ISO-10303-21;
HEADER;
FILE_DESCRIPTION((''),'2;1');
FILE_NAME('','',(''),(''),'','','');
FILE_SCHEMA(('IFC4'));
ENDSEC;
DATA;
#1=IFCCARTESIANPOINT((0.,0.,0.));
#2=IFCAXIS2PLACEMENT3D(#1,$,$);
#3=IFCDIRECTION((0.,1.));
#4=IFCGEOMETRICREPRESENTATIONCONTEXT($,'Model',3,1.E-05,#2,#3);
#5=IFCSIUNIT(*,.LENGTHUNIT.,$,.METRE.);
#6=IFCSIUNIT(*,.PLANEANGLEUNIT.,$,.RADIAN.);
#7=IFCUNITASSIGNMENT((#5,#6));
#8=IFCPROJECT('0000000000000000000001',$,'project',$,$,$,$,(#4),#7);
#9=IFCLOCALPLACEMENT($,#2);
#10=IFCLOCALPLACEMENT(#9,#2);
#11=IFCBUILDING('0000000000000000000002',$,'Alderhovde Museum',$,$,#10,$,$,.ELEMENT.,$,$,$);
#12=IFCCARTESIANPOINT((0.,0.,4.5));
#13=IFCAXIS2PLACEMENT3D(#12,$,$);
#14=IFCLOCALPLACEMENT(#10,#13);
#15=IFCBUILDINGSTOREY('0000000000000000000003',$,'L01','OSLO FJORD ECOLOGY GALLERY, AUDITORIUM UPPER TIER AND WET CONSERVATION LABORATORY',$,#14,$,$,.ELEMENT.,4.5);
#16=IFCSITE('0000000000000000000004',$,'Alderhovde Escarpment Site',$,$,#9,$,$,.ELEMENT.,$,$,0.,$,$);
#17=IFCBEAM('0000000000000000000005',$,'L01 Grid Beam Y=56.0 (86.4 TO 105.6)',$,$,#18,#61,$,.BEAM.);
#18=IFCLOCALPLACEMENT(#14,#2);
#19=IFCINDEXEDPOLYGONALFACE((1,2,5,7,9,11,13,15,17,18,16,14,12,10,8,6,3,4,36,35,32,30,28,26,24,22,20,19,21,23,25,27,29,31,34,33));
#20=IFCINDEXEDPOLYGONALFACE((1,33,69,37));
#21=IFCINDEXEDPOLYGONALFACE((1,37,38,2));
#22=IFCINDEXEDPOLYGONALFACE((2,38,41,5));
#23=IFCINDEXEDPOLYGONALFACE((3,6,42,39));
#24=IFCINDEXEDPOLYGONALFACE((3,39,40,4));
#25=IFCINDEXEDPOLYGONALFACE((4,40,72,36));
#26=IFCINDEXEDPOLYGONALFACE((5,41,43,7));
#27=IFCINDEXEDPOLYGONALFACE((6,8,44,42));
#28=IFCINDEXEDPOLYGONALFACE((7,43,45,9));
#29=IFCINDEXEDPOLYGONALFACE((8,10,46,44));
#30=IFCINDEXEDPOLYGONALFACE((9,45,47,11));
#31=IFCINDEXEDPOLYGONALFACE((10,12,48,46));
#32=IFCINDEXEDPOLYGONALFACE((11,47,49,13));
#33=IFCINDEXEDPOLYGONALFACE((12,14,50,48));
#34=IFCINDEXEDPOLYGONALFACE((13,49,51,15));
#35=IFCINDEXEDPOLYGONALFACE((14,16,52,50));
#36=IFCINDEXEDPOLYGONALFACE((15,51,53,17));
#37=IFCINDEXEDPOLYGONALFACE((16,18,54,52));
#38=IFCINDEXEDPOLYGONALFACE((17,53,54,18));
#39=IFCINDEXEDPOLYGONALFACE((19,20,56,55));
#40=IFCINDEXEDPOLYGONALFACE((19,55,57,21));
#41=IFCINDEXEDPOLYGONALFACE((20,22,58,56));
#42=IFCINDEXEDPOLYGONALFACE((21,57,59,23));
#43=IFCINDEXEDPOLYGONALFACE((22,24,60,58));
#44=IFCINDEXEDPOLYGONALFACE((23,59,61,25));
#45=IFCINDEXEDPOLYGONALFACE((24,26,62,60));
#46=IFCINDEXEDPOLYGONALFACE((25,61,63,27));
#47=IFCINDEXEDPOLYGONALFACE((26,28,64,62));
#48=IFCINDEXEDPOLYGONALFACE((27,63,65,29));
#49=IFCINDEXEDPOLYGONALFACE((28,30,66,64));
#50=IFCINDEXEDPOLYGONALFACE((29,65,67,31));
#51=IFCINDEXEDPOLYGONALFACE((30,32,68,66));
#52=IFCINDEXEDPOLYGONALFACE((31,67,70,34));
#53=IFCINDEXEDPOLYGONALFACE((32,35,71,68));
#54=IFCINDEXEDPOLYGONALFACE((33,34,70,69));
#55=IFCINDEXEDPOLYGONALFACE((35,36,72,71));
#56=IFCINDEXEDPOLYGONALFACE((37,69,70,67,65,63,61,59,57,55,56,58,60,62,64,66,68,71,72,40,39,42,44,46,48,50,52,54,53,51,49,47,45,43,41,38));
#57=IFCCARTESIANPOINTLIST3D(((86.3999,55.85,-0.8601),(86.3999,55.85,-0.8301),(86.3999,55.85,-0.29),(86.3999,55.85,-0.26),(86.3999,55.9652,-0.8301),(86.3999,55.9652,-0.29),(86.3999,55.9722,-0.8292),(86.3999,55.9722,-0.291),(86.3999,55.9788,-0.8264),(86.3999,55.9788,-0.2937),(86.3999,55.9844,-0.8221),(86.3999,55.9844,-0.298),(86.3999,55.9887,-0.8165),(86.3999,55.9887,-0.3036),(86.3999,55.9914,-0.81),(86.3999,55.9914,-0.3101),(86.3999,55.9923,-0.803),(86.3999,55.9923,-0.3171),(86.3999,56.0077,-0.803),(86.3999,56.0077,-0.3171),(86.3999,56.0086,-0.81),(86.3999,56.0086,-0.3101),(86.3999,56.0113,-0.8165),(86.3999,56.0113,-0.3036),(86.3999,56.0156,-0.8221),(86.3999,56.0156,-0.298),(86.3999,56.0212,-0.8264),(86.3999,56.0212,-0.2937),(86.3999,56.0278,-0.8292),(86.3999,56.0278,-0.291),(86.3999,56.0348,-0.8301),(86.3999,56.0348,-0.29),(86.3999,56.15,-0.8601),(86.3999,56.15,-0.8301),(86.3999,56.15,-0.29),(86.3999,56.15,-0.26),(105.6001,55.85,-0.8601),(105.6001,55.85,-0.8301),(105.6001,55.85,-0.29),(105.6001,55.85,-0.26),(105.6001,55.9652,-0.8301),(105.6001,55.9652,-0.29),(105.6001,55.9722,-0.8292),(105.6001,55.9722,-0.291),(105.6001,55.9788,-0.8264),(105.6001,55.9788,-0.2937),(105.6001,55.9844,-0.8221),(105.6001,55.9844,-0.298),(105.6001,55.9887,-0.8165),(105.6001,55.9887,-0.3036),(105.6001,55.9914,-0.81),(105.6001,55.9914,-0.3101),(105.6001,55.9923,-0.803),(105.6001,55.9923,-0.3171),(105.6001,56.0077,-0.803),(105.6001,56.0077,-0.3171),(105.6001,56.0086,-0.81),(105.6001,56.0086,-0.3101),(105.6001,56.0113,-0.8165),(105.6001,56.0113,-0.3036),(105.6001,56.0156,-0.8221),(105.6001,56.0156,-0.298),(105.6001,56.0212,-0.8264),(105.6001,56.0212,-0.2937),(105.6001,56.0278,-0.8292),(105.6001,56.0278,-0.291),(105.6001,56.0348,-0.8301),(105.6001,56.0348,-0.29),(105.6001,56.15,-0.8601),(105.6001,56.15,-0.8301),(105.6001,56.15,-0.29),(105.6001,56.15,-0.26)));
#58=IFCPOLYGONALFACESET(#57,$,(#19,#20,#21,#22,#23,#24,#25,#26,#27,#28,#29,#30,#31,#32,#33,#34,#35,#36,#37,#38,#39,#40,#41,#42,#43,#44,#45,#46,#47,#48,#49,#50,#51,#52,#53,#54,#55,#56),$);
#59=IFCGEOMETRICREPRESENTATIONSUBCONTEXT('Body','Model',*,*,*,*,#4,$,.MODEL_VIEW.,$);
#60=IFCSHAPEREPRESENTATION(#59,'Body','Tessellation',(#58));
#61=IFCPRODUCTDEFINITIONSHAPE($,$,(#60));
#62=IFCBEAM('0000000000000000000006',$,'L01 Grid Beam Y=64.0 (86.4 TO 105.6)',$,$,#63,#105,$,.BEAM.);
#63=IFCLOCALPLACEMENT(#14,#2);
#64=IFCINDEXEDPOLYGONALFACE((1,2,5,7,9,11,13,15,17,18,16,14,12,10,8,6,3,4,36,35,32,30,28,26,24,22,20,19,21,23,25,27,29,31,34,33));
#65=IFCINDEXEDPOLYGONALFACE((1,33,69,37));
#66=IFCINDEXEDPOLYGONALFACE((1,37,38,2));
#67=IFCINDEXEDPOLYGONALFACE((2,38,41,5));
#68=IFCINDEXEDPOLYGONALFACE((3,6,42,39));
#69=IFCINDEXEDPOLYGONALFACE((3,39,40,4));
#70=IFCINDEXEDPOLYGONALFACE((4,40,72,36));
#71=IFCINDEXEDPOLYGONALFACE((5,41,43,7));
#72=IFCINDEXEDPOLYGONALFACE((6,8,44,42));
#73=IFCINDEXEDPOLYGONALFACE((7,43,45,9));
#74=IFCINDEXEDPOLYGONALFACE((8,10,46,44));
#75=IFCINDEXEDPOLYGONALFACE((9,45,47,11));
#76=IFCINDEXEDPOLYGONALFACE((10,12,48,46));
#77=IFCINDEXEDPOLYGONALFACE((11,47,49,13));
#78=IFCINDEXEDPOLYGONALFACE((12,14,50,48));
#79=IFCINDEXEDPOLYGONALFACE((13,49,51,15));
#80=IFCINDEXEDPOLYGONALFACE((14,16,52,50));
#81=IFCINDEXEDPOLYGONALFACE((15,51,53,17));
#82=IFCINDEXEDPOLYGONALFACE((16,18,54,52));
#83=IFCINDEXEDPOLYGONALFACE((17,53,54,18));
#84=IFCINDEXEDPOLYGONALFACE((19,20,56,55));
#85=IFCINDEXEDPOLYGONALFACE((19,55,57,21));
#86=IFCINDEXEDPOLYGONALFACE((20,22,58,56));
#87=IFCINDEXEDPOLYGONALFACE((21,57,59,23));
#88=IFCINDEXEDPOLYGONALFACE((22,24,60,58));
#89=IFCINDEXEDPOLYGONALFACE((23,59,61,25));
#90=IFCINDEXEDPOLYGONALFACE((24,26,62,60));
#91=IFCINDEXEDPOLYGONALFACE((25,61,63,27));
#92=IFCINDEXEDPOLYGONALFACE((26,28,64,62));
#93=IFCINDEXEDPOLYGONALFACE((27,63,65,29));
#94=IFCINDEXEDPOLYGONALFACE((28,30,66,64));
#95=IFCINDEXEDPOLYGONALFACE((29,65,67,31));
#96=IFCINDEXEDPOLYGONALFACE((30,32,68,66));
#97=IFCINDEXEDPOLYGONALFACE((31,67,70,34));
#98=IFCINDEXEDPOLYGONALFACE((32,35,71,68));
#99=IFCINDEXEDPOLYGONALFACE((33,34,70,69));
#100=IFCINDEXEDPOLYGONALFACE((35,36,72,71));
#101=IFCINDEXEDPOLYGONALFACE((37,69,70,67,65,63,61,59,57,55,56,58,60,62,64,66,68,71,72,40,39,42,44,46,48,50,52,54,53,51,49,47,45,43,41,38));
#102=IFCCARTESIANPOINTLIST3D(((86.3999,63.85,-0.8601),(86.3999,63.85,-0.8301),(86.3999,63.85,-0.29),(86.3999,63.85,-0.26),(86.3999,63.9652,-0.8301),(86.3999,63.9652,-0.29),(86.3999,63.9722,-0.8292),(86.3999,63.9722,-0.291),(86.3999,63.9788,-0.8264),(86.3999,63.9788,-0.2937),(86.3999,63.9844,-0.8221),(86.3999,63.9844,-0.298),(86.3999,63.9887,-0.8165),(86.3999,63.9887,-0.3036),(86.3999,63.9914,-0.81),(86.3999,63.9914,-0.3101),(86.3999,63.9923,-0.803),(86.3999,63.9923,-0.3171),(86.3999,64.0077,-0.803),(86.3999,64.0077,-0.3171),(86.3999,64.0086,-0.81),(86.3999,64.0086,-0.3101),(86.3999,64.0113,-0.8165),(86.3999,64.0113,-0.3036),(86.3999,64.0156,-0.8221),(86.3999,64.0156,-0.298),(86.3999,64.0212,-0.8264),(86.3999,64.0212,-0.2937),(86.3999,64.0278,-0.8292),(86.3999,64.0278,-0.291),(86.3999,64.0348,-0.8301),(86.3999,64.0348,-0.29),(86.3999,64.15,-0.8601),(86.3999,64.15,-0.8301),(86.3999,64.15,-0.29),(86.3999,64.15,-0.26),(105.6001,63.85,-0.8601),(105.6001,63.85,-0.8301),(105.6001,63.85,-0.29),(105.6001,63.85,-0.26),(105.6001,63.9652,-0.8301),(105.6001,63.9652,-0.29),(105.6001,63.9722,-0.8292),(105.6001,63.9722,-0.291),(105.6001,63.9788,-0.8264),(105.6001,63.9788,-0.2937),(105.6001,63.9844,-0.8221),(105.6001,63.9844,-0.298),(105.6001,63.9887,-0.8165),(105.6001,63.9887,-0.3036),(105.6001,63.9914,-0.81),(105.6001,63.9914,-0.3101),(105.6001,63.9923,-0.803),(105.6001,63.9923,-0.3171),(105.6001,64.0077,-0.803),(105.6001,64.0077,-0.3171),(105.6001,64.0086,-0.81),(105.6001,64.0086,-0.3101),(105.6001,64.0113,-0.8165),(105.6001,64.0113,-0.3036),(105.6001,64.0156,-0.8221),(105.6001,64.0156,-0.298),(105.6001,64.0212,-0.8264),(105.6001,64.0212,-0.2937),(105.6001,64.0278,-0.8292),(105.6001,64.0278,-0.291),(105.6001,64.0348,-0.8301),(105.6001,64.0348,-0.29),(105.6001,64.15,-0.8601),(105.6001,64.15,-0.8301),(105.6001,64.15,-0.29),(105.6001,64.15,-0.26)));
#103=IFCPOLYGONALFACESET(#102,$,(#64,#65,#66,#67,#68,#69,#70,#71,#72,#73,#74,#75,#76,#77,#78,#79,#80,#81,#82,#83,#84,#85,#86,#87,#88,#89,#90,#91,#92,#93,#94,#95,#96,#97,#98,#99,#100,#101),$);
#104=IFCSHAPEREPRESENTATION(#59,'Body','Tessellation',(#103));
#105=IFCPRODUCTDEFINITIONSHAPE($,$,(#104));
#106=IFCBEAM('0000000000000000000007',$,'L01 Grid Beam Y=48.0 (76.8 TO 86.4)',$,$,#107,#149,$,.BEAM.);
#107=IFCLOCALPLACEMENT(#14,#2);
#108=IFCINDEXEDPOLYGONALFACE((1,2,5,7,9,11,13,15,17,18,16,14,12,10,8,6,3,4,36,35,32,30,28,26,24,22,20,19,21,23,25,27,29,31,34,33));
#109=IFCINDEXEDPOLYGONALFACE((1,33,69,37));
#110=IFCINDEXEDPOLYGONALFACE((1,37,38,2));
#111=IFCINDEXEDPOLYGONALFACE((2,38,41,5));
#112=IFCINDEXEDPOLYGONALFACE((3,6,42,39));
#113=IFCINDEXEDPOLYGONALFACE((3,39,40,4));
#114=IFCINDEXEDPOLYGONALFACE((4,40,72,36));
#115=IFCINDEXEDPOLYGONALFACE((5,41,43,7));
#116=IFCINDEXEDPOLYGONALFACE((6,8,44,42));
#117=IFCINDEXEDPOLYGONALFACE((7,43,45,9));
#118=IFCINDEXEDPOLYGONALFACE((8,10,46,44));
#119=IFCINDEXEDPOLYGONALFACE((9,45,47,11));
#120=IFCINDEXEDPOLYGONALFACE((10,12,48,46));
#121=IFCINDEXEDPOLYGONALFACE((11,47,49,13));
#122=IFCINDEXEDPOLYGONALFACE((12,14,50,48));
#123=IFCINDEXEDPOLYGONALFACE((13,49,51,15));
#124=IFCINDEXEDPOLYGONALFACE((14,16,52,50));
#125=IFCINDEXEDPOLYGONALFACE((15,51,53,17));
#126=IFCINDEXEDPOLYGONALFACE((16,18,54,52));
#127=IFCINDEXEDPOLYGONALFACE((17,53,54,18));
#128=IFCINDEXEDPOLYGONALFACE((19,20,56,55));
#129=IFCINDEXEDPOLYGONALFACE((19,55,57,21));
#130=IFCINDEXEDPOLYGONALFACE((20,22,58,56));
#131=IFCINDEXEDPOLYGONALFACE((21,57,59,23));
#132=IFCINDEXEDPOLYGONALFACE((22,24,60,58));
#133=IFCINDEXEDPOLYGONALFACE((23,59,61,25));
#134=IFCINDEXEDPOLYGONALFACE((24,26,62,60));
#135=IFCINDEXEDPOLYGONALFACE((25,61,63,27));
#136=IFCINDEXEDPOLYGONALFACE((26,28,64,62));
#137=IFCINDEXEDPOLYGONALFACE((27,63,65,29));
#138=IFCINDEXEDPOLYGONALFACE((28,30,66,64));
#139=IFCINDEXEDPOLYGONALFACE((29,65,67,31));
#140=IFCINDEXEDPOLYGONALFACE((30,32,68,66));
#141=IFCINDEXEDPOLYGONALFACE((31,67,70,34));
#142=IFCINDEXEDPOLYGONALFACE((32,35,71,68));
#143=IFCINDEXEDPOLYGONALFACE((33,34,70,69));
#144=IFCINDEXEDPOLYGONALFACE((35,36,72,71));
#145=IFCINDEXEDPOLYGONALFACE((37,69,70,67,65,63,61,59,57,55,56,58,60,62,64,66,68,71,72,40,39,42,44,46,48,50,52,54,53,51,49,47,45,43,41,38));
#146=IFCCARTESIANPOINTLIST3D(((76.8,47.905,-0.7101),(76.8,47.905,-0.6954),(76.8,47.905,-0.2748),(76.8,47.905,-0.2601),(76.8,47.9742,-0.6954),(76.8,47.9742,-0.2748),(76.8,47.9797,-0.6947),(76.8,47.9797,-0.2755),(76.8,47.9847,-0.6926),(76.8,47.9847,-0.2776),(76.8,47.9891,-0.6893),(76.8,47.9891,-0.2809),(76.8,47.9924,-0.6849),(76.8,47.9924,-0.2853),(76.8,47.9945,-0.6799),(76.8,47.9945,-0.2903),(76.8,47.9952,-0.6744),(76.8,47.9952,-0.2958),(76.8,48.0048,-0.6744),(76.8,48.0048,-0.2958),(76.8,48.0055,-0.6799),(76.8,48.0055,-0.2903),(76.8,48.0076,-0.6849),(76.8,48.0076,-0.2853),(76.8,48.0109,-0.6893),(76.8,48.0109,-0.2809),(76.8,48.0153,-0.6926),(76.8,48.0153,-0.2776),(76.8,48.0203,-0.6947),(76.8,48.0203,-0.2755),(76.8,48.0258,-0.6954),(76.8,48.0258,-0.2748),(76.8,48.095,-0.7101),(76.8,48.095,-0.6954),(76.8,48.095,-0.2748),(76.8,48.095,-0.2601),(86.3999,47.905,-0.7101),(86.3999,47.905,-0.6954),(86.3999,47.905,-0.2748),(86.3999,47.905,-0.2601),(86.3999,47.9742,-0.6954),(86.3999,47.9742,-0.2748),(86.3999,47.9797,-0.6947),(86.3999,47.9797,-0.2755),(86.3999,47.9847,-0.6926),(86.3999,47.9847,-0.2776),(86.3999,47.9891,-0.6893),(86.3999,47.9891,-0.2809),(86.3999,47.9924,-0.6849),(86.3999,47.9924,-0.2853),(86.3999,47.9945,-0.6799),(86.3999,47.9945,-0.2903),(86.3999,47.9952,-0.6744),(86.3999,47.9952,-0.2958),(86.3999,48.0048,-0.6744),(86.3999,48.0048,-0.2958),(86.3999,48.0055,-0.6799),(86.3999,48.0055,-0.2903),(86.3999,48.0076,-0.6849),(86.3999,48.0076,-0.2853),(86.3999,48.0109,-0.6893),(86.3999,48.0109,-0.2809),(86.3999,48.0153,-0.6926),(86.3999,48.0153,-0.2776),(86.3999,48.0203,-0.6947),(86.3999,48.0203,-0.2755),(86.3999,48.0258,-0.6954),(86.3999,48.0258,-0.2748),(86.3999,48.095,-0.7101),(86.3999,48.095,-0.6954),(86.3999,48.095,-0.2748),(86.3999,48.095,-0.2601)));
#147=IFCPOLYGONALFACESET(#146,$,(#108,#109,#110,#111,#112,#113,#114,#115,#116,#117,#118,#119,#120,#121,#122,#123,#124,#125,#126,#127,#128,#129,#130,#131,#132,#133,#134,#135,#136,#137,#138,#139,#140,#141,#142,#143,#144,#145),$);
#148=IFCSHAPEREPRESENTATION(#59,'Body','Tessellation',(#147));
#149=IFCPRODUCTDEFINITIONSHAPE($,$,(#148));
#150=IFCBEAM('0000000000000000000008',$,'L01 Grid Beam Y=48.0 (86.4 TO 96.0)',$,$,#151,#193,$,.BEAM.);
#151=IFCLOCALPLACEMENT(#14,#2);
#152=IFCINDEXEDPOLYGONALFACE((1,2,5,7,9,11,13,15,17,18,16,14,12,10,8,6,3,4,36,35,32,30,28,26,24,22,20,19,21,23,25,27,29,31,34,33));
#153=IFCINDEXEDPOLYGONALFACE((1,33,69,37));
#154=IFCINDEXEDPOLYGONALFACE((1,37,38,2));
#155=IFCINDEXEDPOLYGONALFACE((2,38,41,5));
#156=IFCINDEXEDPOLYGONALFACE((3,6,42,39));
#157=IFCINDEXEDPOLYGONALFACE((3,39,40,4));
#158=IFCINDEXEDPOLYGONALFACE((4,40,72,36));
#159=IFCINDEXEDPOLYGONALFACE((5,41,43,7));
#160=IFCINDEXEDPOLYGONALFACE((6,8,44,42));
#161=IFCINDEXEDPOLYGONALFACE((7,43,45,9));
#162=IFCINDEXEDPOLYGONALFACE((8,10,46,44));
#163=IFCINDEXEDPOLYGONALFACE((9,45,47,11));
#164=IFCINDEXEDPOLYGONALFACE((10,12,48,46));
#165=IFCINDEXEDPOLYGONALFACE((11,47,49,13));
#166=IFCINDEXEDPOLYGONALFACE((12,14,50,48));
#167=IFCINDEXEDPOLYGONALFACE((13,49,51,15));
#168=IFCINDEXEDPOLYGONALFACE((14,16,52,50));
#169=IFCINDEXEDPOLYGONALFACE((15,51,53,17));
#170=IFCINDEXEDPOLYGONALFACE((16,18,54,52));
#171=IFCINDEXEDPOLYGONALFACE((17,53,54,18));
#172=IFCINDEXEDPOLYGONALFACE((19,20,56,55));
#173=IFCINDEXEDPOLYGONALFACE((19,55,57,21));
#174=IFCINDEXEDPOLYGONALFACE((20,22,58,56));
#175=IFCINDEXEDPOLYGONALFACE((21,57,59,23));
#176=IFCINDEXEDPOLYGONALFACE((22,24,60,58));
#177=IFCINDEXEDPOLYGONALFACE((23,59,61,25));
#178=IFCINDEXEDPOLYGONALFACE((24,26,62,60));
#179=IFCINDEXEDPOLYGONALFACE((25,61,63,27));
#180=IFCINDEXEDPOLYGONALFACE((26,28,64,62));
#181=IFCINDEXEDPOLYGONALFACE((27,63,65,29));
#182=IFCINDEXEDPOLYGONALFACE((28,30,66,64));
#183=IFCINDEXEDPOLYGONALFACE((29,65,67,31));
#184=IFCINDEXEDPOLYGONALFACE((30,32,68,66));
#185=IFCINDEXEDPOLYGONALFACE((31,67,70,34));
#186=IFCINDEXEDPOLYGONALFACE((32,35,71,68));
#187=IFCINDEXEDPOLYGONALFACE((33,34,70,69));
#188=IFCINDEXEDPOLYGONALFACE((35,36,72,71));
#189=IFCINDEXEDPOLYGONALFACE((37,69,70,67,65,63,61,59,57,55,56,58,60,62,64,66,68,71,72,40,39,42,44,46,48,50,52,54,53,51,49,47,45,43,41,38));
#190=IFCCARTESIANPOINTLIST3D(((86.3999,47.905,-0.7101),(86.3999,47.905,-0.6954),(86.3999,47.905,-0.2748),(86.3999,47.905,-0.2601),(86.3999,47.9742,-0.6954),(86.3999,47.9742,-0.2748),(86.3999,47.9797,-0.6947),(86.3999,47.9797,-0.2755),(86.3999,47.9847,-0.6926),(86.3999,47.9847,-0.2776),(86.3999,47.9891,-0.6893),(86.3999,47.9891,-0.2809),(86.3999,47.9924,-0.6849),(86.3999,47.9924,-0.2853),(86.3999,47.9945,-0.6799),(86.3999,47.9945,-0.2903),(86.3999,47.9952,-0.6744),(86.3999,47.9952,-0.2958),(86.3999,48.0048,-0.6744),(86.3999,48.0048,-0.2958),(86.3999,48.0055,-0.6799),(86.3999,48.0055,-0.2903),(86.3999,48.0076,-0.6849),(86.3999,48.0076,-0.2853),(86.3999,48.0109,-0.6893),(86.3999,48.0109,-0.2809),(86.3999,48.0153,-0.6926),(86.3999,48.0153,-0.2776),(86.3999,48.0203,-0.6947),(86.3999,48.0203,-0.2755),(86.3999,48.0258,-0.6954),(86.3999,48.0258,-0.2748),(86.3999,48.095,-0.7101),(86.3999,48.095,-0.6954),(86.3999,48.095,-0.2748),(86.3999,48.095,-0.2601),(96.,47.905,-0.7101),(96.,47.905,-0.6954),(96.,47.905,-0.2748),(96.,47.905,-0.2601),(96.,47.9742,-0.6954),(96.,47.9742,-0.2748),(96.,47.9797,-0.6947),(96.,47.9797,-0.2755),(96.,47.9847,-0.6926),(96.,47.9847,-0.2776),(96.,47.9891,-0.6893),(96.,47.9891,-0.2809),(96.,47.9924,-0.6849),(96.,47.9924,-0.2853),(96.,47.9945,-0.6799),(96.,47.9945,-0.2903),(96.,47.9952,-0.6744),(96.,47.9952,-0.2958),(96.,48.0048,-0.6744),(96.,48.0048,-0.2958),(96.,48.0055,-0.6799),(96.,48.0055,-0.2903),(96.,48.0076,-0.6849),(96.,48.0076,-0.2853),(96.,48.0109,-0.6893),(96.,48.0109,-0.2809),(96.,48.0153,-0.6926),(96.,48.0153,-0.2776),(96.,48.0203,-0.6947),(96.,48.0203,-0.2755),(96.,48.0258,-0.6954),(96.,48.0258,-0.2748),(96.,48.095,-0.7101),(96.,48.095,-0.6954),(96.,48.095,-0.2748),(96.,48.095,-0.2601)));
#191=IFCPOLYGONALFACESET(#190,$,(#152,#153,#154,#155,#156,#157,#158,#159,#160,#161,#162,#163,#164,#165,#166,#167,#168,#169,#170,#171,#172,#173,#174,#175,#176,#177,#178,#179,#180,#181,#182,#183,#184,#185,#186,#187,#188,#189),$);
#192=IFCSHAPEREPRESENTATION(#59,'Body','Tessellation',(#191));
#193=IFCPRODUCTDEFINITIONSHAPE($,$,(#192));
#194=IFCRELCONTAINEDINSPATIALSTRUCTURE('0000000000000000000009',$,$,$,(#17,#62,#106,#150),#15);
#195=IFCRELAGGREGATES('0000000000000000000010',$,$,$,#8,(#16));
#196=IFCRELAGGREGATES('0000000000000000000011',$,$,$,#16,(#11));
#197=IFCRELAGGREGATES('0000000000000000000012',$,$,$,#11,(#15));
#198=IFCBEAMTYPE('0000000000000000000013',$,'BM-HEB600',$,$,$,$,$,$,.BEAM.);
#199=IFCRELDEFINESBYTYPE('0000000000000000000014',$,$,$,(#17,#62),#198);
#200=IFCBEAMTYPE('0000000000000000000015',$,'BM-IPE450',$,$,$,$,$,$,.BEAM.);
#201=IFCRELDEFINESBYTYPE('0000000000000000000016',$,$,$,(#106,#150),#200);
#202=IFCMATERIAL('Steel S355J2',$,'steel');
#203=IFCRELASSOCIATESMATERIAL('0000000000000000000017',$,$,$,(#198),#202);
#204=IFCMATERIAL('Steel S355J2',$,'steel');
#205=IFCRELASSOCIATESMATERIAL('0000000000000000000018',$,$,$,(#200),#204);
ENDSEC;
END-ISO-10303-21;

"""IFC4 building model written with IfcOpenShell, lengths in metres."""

from ifc_helpers import new_model, si_unit, direction, frame, origin, origin_2d, place, context, subcontext, project, spatial, i_section, extrude, material, material_profile, profile_set, type_object, element, save


model = new_model("IFC4")

# Units and contexts
model_context = context("Model", 3, precision=1e-05, world=origin(), true_north=direction((0.0, 1.0)))
body_context = subcontext(model_context, "Body", "Model", "MODEL_VIEW")
ifc_project = project(units=[si_unit("LENGTHUNIT", "METRE"), si_unit("PLANEANGLEUNIT", "RADIAN")], contexts=[model_context])

# Site, building, storey
site_placement = place(None, origin())
site = spatial("IfcSite", under=ifc_project, at=site_placement, Name="Alderhovde Escarpment Site", CompositionType="ELEMENT", RefElevation=0.0)
building_placement = place(site_placement, origin())
building = spatial("IfcBuilding", under=site, at=building_placement, Name="Alderhovde Museum", CompositionType="ELEMENT")
storey_placement = place(building_placement, frame((0.0, 0.0, 4.5)))
storey = spatial("IfcBuildingStorey", under=building, at=storey_placement, Name="L01", Description="OSLO FJORD ECOLOGY GALLERY, AUDITORIUM UPPER TIER AND WET CONSERVATION LABORATORY", CompositionType="ELEMENT", Elevation=4.5)

# Beams
ifc_material_1 = material(Name="Steel S355J2", Category="steel")
ifc_material_profile_1 = material_profile(ifc_material_1, i_section(OverallWidth=0.3, OverallDepth=0.6001, WebThickness=0.0154, FlangeThickness=0.03, FilletRadius=0.0271, at=origin_2d()), Name="HEB 600")
ifc_profile_set_1 = profile_set([ifc_material_profile_1], Name="Steel S355J2")
beam_type_1 = type_object("IfcBeamType", Name="BM-HEB600", PredefinedType="BEAM", material=ifc_profile_set_1)
for number, where, z_axis, x_axis, name in (
    (1, (86.3999, 56.0, -0.5601), (1.0, 0.0, 0.0), (0.0, 1.0, 0.0), "L01 Grid Beam Y=56.0 (86.4 TO 105.6)"),
    (2, (86.3999, 64.0, -0.5601), (1.0, 0.0, 0.0), (0.0, 1.0, 0.0), "L01 Grid Beam Y=64.0 (86.4 TO 105.6)"),
):
    element("IfcBeam", number, at=place(storey_placement, frame(where, z_axis=z_axis, x_axis=x_axis)), inside=storey, type_object=beam_type_1, Name=name, PredefinedType="BEAM", context=body_context, shape_type="SweptSolid", body=[
        extrude(i_section(OverallWidth=0.3, OverallDepth=0.6001, WebThickness=0.0154, FlangeThickness=0.03, FilletRadius=0.0271, at=origin_2d()), origin(), (0.0, 0.0, 1.0), 19.2002),
    ])
ifc_material_2 = material(Name="Steel S355J2", Category="steel")
ifc_material_profile_2 = material_profile(ifc_material_2, i_section(OverallWidth=0.1899, OverallDepth=0.45, WebThickness=0.0095, FlangeThickness=0.0146, FilletRadius=0.021, at=origin_2d()), Name="IPE 450")
ifc_profile_set_2 = profile_set([ifc_material_profile_2], Name="Steel S355J2")
beam_type_2 = type_object("IfcBeamType", Name="BM-IPE450", PredefinedType="BEAM", material=ifc_profile_set_2)
beam_1_placement = place(storey_placement, frame((76.8, 48.0, -0.4851), z_axis=(1.0, 0.0, 0.0), x_axis=(0.0, 1.0, 0.0)))
element("IfcBeam", 3, at=beam_1_placement, inside=storey, type_object=beam_type_2, Name="L01 Grid Beam Y=48.0 (76.8 TO 86.4)", PredefinedType="BEAM", context=body_context, shape_type="SweptSolid", body=[
    extrude(i_section(OverallWidth=0.1899, OverallDepth=0.45, WebThickness=0.0095, FlangeThickness=0.0146, FilletRadius=0.021, at=origin_2d()), origin(), (0.0, 0.0, 1.0), 9.5999),
])
beam_2_placement = place(storey_placement, frame((86.3999, 48.0, -0.4851), z_axis=(1.0, 0.0, 0.0), x_axis=(0.0, 1.0, 0.0)))
element("IfcBeam", 4, at=beam_2_placement, inside=storey, type_object=beam_type_2, Name="L01 Grid Beam Y=48.0 (86.4 TO 96.0)", PredefinedType="BEAM", context=body_context, shape_type="SweptSolid", body=[
    extrude(i_section(OverallWidth=0.1899, OverallDepth=0.45, WebThickness=0.0095, FlangeThickness=0.0146, FilletRadius=0.021, at=origin_2d()), origin(), (0.0, 0.0, 1.0), 9.6001),
])

save(model, "model.ifc")
